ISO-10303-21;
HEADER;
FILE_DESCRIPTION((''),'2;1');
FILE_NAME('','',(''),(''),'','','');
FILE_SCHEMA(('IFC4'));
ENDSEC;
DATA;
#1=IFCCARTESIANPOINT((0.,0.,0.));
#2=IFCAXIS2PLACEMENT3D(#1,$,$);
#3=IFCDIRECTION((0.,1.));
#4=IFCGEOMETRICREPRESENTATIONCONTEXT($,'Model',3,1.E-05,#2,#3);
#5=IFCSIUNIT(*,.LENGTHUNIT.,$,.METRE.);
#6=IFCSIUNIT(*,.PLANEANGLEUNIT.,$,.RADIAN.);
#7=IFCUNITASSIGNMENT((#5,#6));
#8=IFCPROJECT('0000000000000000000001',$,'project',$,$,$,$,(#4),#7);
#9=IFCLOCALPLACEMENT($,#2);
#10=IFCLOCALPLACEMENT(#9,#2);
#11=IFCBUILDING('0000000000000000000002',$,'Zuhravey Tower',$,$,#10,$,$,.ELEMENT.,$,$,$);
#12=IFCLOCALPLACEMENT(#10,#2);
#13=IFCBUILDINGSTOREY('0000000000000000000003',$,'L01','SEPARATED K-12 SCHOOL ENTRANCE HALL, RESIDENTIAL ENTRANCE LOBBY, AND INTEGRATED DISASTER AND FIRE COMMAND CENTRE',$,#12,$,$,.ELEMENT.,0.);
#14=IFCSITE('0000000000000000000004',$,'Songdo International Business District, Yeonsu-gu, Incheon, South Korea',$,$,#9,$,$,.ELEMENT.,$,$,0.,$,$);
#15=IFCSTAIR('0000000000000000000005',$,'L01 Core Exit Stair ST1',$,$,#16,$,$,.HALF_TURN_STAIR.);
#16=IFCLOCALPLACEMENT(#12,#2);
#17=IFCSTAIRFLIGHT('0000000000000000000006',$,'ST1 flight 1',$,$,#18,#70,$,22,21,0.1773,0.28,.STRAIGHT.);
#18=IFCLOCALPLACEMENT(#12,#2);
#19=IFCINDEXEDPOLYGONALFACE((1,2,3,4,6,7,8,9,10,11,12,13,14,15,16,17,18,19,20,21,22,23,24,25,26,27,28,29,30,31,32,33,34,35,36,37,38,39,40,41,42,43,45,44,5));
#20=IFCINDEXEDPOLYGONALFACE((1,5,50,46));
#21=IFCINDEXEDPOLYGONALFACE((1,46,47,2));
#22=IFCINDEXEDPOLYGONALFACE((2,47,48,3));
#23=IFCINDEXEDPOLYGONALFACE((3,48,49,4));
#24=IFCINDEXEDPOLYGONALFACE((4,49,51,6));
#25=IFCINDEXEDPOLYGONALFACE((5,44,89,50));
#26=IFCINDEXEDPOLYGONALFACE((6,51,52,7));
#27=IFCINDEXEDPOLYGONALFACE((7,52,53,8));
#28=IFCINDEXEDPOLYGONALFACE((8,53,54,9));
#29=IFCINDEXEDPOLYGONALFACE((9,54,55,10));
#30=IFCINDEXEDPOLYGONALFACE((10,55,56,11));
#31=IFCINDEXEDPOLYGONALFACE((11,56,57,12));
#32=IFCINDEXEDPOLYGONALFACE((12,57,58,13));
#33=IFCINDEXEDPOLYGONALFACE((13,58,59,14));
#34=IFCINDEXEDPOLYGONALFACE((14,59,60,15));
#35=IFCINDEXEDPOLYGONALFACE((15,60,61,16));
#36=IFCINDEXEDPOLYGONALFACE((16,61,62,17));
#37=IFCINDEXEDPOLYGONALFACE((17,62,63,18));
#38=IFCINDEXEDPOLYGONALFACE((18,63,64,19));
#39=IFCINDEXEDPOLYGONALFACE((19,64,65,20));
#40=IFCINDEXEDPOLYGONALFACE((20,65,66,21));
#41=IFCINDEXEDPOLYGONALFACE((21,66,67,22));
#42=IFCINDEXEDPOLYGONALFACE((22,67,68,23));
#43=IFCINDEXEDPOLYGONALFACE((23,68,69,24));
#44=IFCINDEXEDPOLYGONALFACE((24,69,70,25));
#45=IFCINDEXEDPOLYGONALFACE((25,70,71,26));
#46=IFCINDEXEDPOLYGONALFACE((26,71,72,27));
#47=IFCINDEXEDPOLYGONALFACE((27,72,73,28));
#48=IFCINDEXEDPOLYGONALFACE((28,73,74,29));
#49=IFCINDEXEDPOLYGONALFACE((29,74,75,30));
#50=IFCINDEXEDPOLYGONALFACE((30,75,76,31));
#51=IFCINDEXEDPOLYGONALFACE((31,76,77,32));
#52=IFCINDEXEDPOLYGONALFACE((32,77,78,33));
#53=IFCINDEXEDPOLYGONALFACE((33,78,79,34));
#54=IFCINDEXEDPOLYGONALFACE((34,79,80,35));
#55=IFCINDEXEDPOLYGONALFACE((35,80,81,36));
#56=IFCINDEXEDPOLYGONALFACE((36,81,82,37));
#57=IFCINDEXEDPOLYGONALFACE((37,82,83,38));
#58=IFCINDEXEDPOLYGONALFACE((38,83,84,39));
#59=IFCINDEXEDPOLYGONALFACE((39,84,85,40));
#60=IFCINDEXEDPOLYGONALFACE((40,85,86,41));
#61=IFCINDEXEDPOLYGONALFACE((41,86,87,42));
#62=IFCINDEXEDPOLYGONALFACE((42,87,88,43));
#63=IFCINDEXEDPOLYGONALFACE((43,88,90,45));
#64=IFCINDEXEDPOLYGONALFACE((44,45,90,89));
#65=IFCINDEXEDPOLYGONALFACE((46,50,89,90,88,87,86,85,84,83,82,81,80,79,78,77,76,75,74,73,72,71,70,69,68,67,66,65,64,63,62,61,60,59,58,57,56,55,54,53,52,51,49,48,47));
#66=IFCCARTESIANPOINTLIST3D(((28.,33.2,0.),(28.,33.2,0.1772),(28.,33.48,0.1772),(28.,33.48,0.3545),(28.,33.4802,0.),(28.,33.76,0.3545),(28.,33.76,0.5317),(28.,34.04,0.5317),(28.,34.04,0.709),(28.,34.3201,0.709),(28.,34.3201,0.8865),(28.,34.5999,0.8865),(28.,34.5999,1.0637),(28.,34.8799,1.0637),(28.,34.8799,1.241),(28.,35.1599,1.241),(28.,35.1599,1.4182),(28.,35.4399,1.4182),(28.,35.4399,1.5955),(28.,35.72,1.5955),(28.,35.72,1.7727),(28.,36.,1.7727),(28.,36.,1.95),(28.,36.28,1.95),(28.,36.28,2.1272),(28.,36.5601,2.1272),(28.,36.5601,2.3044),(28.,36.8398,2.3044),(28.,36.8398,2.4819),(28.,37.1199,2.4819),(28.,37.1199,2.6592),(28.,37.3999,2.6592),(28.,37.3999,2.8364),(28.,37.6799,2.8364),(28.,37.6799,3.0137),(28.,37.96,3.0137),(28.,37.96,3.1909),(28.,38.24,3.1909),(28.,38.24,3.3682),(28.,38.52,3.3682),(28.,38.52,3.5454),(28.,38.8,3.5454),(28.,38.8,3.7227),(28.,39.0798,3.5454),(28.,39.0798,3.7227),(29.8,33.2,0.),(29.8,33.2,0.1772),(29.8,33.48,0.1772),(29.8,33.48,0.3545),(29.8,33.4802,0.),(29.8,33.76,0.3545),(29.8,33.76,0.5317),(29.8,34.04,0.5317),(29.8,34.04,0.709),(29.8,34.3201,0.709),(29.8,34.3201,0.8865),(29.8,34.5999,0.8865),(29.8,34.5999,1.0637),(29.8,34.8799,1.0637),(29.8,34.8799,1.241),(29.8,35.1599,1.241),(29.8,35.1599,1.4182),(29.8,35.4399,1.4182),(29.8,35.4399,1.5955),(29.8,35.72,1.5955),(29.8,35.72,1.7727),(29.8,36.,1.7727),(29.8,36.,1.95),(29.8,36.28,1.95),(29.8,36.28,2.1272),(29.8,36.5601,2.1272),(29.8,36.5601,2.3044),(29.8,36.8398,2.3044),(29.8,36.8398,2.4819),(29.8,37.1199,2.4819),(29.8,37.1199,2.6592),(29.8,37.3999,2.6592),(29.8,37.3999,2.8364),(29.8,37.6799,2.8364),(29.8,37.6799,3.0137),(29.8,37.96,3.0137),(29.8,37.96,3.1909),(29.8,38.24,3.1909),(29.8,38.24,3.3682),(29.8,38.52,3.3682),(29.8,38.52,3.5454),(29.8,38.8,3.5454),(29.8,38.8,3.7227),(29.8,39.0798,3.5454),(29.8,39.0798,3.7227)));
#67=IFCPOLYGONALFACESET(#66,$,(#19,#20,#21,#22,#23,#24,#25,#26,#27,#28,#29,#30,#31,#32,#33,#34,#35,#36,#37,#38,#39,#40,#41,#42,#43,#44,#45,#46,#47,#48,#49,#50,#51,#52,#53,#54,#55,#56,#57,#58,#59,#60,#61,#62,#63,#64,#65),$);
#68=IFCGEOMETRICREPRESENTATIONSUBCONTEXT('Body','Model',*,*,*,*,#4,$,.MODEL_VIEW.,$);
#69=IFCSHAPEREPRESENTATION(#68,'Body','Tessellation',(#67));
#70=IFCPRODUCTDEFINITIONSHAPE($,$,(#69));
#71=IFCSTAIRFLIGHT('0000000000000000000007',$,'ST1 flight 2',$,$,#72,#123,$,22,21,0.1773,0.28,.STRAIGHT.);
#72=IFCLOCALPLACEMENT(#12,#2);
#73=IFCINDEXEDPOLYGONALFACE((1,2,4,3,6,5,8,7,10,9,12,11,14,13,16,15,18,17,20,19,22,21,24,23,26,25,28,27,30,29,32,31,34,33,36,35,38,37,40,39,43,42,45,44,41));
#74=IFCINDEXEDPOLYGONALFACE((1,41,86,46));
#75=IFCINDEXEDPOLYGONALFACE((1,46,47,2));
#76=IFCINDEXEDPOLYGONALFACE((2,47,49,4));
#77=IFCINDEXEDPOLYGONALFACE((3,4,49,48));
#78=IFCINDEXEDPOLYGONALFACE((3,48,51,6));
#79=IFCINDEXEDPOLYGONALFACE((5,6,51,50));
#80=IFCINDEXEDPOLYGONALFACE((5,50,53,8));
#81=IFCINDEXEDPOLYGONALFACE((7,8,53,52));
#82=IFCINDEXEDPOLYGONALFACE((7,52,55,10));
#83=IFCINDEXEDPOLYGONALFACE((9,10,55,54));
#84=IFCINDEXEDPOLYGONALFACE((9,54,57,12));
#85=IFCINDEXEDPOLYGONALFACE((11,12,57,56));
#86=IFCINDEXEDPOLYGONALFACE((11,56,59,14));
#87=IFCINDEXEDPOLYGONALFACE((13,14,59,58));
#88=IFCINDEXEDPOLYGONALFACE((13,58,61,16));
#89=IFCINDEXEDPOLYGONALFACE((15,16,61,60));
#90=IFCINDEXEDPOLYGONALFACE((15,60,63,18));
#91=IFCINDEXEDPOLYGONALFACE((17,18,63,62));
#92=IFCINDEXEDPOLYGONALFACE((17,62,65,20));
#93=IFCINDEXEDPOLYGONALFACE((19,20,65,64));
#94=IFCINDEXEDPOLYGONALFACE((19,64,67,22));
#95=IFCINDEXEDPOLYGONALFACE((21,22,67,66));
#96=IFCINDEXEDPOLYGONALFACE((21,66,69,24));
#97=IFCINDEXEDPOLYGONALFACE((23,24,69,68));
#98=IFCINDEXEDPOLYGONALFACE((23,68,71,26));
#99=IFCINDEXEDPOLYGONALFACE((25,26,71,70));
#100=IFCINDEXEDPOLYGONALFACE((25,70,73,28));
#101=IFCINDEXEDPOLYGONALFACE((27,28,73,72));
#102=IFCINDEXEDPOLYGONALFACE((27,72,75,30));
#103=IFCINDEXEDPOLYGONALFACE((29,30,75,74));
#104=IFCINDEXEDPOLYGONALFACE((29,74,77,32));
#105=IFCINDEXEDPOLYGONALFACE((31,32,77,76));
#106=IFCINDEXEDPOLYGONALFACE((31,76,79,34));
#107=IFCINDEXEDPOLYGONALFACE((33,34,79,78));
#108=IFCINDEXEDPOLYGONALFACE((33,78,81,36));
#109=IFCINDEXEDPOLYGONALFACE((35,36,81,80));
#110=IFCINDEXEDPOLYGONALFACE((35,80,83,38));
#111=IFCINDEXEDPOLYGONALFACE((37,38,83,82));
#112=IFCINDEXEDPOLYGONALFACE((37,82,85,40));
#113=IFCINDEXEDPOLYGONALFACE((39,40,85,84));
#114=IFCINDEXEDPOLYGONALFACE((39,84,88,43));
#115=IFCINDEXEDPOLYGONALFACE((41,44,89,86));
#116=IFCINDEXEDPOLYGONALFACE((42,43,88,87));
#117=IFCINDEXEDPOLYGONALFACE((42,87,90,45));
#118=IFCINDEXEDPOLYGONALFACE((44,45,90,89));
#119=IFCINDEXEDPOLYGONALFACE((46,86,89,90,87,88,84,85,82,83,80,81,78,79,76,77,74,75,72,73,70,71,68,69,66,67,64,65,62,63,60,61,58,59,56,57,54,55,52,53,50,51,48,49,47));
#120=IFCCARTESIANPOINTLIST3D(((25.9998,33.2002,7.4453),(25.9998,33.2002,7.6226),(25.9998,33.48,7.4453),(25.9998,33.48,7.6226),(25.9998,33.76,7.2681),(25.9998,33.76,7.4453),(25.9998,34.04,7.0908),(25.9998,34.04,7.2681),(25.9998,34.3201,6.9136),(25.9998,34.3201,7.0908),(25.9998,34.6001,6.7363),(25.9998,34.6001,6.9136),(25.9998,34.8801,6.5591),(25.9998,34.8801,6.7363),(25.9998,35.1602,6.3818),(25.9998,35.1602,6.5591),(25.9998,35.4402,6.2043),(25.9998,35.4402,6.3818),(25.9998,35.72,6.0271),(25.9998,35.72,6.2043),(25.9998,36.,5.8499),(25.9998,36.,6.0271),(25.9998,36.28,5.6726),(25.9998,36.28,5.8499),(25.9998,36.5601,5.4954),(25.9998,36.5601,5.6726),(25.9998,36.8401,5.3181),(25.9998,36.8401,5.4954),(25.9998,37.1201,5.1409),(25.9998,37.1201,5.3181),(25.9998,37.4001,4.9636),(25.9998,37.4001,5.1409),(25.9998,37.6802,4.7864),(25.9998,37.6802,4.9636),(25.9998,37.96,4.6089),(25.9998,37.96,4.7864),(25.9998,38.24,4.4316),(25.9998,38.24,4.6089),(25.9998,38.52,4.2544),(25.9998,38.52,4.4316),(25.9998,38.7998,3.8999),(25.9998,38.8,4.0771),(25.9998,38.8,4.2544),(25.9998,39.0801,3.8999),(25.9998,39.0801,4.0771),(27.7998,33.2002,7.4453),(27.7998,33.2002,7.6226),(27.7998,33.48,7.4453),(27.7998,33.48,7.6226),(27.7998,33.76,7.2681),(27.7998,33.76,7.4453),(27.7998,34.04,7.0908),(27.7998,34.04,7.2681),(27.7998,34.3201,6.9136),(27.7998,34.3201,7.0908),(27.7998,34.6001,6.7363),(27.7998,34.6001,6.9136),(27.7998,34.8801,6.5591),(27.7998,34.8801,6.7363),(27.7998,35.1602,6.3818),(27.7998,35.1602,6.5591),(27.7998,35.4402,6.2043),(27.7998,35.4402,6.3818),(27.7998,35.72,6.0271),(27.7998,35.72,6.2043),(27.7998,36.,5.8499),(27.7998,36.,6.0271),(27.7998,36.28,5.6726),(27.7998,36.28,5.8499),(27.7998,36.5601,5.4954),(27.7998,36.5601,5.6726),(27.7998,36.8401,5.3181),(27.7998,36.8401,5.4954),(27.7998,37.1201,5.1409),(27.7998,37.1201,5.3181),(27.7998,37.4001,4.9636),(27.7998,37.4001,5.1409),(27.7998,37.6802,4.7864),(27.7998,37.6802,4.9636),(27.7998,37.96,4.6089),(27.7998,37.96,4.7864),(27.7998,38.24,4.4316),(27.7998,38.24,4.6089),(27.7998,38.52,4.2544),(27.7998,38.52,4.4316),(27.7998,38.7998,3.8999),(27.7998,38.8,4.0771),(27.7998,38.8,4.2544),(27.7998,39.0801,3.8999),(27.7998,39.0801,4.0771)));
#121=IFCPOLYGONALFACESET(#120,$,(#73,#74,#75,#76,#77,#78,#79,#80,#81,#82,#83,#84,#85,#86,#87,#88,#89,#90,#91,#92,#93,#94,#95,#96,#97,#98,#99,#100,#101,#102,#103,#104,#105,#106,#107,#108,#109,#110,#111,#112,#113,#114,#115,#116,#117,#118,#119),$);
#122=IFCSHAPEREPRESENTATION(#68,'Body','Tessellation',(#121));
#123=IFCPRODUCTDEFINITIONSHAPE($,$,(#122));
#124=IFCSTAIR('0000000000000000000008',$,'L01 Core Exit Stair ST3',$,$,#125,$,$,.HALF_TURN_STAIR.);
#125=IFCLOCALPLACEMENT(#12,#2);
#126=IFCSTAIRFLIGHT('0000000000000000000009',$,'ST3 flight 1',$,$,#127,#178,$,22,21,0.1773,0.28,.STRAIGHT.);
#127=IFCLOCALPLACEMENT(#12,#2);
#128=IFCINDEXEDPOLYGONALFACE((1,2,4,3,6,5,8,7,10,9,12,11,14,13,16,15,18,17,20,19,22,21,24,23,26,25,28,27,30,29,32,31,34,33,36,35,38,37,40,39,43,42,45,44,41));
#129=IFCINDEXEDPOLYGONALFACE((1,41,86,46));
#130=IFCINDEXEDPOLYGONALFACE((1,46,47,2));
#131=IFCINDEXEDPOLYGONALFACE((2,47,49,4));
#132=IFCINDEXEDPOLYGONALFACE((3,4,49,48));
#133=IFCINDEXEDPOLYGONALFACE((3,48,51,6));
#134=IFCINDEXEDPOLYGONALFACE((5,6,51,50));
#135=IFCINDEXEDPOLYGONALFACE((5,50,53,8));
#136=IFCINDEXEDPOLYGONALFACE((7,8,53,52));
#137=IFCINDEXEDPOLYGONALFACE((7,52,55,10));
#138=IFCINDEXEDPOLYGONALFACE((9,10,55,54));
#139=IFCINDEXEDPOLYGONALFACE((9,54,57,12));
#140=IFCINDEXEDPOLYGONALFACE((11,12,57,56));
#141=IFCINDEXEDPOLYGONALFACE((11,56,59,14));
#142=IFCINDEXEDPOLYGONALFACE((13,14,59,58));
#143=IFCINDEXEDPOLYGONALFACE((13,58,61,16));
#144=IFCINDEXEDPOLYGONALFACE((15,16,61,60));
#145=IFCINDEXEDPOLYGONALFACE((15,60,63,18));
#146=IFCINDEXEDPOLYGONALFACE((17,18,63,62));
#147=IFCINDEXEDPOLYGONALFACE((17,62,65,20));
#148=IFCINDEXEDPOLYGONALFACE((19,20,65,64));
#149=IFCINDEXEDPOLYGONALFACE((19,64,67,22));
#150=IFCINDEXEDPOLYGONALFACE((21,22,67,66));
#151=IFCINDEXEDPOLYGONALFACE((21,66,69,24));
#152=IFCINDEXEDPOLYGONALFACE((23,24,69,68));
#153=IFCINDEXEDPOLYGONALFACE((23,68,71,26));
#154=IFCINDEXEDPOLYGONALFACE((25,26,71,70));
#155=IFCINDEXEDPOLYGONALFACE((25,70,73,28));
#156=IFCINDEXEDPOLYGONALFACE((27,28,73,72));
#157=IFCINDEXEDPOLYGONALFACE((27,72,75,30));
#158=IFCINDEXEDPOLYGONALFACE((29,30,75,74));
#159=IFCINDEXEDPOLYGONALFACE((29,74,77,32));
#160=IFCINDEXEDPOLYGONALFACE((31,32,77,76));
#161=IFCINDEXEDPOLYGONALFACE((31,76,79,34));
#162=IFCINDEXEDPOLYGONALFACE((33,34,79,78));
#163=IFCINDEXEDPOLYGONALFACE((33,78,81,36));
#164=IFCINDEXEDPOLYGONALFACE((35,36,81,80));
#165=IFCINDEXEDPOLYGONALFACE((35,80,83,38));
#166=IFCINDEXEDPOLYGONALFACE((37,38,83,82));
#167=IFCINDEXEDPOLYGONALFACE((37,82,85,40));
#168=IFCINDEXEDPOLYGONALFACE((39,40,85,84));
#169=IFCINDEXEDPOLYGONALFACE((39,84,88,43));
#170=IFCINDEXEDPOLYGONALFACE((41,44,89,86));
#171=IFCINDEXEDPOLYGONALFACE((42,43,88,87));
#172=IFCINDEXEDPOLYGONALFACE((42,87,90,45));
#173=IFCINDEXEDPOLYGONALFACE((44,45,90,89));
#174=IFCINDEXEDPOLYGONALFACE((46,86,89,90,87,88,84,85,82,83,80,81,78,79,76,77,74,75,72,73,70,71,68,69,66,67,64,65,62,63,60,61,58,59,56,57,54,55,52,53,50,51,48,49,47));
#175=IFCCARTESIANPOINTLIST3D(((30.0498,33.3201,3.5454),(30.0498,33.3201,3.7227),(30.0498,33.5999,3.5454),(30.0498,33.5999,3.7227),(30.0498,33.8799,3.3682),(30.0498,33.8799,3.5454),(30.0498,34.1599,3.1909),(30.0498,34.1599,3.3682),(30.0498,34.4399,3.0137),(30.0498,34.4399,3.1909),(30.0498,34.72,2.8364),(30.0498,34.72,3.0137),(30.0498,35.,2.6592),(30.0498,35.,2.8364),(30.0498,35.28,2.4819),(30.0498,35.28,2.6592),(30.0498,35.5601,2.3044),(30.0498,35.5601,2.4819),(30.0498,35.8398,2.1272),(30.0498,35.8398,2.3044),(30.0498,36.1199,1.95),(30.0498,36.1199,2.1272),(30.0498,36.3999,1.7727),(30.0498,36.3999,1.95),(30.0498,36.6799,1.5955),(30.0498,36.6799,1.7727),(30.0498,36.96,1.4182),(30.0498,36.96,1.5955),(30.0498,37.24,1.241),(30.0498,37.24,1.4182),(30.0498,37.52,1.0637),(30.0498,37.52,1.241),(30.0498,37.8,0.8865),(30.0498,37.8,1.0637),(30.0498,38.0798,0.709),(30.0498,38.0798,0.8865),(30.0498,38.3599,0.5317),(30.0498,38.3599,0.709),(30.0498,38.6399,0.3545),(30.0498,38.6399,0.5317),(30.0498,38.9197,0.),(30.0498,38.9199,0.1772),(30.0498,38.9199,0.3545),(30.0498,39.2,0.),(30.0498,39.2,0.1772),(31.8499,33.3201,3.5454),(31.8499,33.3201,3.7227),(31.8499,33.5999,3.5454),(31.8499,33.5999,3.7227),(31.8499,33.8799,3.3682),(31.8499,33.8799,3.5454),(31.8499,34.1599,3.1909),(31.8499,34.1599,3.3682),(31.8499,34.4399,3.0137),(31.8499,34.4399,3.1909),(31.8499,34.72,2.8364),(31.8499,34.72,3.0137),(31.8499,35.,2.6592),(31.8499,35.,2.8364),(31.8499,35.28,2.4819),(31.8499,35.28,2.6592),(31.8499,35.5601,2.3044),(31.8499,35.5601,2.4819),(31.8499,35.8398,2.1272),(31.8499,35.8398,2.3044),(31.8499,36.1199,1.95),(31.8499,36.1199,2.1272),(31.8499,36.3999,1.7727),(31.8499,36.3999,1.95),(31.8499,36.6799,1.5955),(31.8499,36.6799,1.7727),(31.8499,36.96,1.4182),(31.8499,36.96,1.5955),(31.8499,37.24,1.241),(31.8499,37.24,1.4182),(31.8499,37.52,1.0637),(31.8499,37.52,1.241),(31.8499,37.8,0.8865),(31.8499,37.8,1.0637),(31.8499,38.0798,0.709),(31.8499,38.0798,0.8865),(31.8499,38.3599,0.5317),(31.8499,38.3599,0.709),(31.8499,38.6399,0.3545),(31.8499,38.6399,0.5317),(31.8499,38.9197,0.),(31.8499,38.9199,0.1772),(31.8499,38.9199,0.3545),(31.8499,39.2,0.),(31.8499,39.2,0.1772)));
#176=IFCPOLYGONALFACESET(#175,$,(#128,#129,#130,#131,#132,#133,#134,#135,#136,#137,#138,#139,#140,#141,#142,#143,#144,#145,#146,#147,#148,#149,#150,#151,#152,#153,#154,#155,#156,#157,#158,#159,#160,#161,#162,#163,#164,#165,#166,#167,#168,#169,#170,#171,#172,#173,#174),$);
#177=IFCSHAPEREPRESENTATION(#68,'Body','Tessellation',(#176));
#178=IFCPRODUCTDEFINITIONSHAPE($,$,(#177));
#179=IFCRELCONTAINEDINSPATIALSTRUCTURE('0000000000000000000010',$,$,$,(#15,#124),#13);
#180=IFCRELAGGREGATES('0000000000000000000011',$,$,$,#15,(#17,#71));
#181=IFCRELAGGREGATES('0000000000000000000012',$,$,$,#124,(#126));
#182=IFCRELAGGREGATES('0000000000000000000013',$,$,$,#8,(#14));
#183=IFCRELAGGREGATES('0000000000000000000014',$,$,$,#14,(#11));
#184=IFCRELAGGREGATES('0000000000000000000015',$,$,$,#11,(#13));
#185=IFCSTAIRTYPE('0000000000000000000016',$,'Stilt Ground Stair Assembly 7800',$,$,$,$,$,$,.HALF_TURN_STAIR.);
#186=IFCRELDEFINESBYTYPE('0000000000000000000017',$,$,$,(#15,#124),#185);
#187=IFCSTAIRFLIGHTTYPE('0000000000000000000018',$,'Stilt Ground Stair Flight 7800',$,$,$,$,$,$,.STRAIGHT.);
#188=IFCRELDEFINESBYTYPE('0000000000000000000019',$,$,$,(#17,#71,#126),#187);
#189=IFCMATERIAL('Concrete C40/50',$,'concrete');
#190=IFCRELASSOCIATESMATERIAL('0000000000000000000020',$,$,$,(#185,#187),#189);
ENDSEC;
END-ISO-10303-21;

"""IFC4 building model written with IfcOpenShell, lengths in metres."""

from ifc_helpers import new_model, si_unit, direction, frame, origin, place, context, subcontext, project, spatial, polyline, outline, extrude, material, type_object, element, aggregate, save


model = new_model("IFC4")

# Units and contexts
model_context = context("Model", 3, precision=1e-05, world=origin(), true_north=direction((0.0, 1.0)))
body_context = subcontext(model_context, "Body", "Model", "MODEL_VIEW")
ifc_project = project(units=[si_unit("LENGTHUNIT", "METRE"), si_unit("PLANEANGLEUNIT", "RADIAN")], contexts=[model_context])

# Site, building, storey
site_placement = place(None, origin())
site = spatial("IfcSite", under=ifc_project, at=site_placement, Name="Songdo International Business District, Yeonsu-gu, Incheon, South Korea", CompositionType="ELEMENT", RefElevation=0.0)
building_placement = place(site_placement, origin())
building = spatial("IfcBuilding", under=site, at=building_placement, Name="Zuhravey Tower", CompositionType="ELEMENT")
storey_placement = place(building_placement, origin())
storey = spatial("IfcBuildingStorey", under=building, at=storey_placement, Name="L01", Description="SEPARATED K-12 SCHOOL ENTRANCE HALL, RESIDENTIAL ENTRANCE LOBBY, AND INTEGRATED DISASTER AND FIRE COMMAND CENTRE", CompositionType="ELEMENT", Elevation=0.0)

# Stairs, stair flights
ifc_material_1 = material(Name="Concrete C40/50", Category="concrete")
stair_type = type_object("IfcStairType", Name="Stilt Ground Stair Assembly 7800", PredefinedType="HALF_TURN_STAIR", material=ifc_material_1)
stair_1_placement = place(storey_placement, origin())
stair_1 = element("IfcStair", 1, at=stair_1_placement, inside=storey, type_object=stair_type, Name="L01 Core Exit Stair ST1", PredefinedType="HALF_TURN_STAIR")
stair_flight_type = type_object("IfcStairFlightType", Name="Stilt Ground Stair Flight 7800", PredefinedType="STRAIGHT", material=ifc_material_1)
stair_flight_1_placement = place(storey_placement, frame((28.8999, 33.2, 0.0), z_axis=(0.0, 0.0, 1.0), x_axis=(0.0, 1.0, 0.0)))
stair_flight_1 = element("IfcStairFlight", 2, at=stair_flight_1_placement, type_object=stair_flight_type, Name="ST1 flight 1", NumberOfRisers=22, NumberOfTreads=21, PredefinedType="STRAIGHT", RiserHeight=0.1773, TreadLength=0.28, context=body_context, shape_type="SweptSolid", body=[
    extrude(outline(polyline([(0.0, 0.0), (0.0, 0.1772), (0.28, 0.1772), (0.28, 0.3545), (0.5601, 0.3545), (0.5601, 0.5317), (0.8401, 0.5317), (0.8401, 0.709), (1.1201, 0.709), (1.1201, 0.8865), (1.3999, 0.8865), (1.3999, 1.0637), (1.6799, 1.0637), (1.6799, 1.241), (1.96, 1.241), (1.96, 1.4182), (2.24, 1.4182), (2.24, 1.5955), (2.52, 1.5955), (2.52, 1.7727), (2.8, 1.7727), (2.8, 1.95), (3.0801, 1.95), (3.0801, 2.1272), (3.3601, 2.1272), (3.3601, 2.3044), (3.6399, 2.3044), (3.6399, 2.4819), (3.9199, 2.4819), (3.9199, 2.6592), (4.2, 2.6592), (4.2, 2.8364), (4.48, 2.8364), (4.48, 3.0137), (4.76, 3.0137), (4.76, 3.1909), (5.04, 3.1909), (5.04, 3.3682), (5.3201, 3.3682), (5.3201, 3.5454), (5.6001, 3.5454), (5.6001, 3.7227), (5.8799, 3.7227), (5.8799, 3.8999), (5.8799, 3.5454), (0.2803, 0.0), (0.0, 0.0)])), frame((0.0, 0.8999, 0.0), z_axis=(0.0, -1.0, 0.0), x_axis=(1.0, 0.0, 0.0)), (0.0, 0.0, 1.0), 1.8),
])
stair_flight_2_placement = place(storey_placement, frame((26.8999, 39.0801, 3.8999), z_axis=(0.0, 0.0, 1.0), x_axis=(0.0, -1.0, 0.0)))
stair_flight_2 = element("IfcStairFlight", 3, at=stair_flight_2_placement, type_object=stair_flight_type, Name="ST1 flight 2", NumberOfRisers=22, NumberOfTreads=21, PredefinedType="STRAIGHT", RiserHeight=0.1773, TreadLength=0.28, context=body_context, shape_type="SweptSolid", body=[
    extrude(outline(polyline([(0.0, 0.0), (0.0, 0.1772), (0.28, 0.1772), (0.28, 0.3545), (0.5601, 0.3545), (0.5601, 0.5317), (0.8401, 0.5317), (0.8401, 0.709), (1.1201, 0.709), (1.1201, 0.8865), (1.3999, 0.8865), (1.3999, 1.0637), (1.6799, 1.0637), (1.6799, 1.241), (1.96, 1.241), (1.96, 1.4182), (2.24, 1.4182), (2.24, 1.5955), (2.52, 1.5955), (2.52, 1.7727), (2.8, 1.7727), (2.8, 1.95), (3.0801, 1.95), (3.0801, 2.1272), (3.3601, 2.1272), (3.3601, 2.3044), (3.6399, 2.3044), (3.6399, 2.4819), (3.9199, 2.4819), (3.9199, 2.6592), (4.2, 2.6592), (4.2, 2.8364), (4.48, 2.8364), (4.48, 3.0137), (4.76, 3.0137), (4.76, 3.1909), (5.04, 3.1909), (5.04, 3.3682), (5.3201, 3.3682), (5.3201, 3.5454), (5.6001, 3.5454), (5.6001, 3.7227), (5.8799, 3.7227), (5.8799, 3.8999), (5.8799, 3.5454), (0.2803, 0.0), (0.0, 0.0)])), frame((0.0, 0.8999, 0.0), z_axis=(0.0, -1.0, 0.0), x_axis=(1.0, 0.0, 0.0)), (0.0, 0.0, 1.0), 1.8),
])
aggregate(stair_1, [stair_flight_1, stair_flight_2])
stair_2_placement = place(storey_placement, origin())
stair_2 = element("IfcStair", 4, at=stair_2_placement, inside=storey, type_object=stair_type, Name="L01 Core Exit Stair ST3", PredefinedType="HALF_TURN_STAIR")
stair_flight_3_placement = place(storey_placement, frame((30.95, 39.2, 0.0), z_axis=(0.0, 0.0, 1.0), x_axis=(0.0, -1.0, 0.0)))
stair_flight_3 = element("IfcStairFlight", 5, at=stair_flight_3_placement, type_object=stair_flight_type, Name="ST3 flight 1", NumberOfRisers=22, NumberOfTreads=21, PredefinedType="STRAIGHT", RiserHeight=0.1773, TreadLength=0.28, context=body_context, shape_type="SweptSolid", body=[
    extrude(outline(polyline([(0.0, 0.0), (0.0, 0.1772), (0.28, 0.1772), (0.28, 0.3545), (0.5601, 0.3545), (0.5601, 0.5317), (0.8401, 0.5317), (0.8401, 0.709), (1.1201, 0.709), (1.1201, 0.8865), (1.3999, 0.8865), (1.3999, 1.0637), (1.6799, 1.0637), (1.6799, 1.241), (1.96, 1.241), (1.96, 1.4182), (2.24, 1.4182), (2.24, 1.5955), (2.52, 1.5955), (2.52, 1.7727), (2.8, 1.7727), (2.8, 1.95), (3.0801, 1.95), (3.0801, 2.1272), (3.3601, 2.1272), (3.3601, 2.3044), (3.6399, 2.3044), (3.6399, 2.4819), (3.9199, 2.4819), (3.9199, 2.6592), (4.2, 2.6592), (4.2, 2.8364), (4.48, 2.8364), (4.48, 3.0137), (4.76, 3.0137), (4.76, 3.1909), (5.04, 3.1909), (5.04, 3.3682), (5.3201, 3.3682), (5.3201, 3.5454), (5.6001, 3.5454), (5.6001, 3.7227), (5.8799, 3.7227), (5.8799, 3.8999), (5.8799, 3.5454), (0.2803, 0.0), (0.0, 0.0)])), frame((0.0, 0.8999, 0.0), z_axis=(0.0, -1.0, 0.0), x_axis=(1.0, 0.0, 0.0)), (0.0, 0.0, 1.0), 1.8),
])
aggregate(stair_2, [stair_flight_3])

save(model, "model.ifc")
